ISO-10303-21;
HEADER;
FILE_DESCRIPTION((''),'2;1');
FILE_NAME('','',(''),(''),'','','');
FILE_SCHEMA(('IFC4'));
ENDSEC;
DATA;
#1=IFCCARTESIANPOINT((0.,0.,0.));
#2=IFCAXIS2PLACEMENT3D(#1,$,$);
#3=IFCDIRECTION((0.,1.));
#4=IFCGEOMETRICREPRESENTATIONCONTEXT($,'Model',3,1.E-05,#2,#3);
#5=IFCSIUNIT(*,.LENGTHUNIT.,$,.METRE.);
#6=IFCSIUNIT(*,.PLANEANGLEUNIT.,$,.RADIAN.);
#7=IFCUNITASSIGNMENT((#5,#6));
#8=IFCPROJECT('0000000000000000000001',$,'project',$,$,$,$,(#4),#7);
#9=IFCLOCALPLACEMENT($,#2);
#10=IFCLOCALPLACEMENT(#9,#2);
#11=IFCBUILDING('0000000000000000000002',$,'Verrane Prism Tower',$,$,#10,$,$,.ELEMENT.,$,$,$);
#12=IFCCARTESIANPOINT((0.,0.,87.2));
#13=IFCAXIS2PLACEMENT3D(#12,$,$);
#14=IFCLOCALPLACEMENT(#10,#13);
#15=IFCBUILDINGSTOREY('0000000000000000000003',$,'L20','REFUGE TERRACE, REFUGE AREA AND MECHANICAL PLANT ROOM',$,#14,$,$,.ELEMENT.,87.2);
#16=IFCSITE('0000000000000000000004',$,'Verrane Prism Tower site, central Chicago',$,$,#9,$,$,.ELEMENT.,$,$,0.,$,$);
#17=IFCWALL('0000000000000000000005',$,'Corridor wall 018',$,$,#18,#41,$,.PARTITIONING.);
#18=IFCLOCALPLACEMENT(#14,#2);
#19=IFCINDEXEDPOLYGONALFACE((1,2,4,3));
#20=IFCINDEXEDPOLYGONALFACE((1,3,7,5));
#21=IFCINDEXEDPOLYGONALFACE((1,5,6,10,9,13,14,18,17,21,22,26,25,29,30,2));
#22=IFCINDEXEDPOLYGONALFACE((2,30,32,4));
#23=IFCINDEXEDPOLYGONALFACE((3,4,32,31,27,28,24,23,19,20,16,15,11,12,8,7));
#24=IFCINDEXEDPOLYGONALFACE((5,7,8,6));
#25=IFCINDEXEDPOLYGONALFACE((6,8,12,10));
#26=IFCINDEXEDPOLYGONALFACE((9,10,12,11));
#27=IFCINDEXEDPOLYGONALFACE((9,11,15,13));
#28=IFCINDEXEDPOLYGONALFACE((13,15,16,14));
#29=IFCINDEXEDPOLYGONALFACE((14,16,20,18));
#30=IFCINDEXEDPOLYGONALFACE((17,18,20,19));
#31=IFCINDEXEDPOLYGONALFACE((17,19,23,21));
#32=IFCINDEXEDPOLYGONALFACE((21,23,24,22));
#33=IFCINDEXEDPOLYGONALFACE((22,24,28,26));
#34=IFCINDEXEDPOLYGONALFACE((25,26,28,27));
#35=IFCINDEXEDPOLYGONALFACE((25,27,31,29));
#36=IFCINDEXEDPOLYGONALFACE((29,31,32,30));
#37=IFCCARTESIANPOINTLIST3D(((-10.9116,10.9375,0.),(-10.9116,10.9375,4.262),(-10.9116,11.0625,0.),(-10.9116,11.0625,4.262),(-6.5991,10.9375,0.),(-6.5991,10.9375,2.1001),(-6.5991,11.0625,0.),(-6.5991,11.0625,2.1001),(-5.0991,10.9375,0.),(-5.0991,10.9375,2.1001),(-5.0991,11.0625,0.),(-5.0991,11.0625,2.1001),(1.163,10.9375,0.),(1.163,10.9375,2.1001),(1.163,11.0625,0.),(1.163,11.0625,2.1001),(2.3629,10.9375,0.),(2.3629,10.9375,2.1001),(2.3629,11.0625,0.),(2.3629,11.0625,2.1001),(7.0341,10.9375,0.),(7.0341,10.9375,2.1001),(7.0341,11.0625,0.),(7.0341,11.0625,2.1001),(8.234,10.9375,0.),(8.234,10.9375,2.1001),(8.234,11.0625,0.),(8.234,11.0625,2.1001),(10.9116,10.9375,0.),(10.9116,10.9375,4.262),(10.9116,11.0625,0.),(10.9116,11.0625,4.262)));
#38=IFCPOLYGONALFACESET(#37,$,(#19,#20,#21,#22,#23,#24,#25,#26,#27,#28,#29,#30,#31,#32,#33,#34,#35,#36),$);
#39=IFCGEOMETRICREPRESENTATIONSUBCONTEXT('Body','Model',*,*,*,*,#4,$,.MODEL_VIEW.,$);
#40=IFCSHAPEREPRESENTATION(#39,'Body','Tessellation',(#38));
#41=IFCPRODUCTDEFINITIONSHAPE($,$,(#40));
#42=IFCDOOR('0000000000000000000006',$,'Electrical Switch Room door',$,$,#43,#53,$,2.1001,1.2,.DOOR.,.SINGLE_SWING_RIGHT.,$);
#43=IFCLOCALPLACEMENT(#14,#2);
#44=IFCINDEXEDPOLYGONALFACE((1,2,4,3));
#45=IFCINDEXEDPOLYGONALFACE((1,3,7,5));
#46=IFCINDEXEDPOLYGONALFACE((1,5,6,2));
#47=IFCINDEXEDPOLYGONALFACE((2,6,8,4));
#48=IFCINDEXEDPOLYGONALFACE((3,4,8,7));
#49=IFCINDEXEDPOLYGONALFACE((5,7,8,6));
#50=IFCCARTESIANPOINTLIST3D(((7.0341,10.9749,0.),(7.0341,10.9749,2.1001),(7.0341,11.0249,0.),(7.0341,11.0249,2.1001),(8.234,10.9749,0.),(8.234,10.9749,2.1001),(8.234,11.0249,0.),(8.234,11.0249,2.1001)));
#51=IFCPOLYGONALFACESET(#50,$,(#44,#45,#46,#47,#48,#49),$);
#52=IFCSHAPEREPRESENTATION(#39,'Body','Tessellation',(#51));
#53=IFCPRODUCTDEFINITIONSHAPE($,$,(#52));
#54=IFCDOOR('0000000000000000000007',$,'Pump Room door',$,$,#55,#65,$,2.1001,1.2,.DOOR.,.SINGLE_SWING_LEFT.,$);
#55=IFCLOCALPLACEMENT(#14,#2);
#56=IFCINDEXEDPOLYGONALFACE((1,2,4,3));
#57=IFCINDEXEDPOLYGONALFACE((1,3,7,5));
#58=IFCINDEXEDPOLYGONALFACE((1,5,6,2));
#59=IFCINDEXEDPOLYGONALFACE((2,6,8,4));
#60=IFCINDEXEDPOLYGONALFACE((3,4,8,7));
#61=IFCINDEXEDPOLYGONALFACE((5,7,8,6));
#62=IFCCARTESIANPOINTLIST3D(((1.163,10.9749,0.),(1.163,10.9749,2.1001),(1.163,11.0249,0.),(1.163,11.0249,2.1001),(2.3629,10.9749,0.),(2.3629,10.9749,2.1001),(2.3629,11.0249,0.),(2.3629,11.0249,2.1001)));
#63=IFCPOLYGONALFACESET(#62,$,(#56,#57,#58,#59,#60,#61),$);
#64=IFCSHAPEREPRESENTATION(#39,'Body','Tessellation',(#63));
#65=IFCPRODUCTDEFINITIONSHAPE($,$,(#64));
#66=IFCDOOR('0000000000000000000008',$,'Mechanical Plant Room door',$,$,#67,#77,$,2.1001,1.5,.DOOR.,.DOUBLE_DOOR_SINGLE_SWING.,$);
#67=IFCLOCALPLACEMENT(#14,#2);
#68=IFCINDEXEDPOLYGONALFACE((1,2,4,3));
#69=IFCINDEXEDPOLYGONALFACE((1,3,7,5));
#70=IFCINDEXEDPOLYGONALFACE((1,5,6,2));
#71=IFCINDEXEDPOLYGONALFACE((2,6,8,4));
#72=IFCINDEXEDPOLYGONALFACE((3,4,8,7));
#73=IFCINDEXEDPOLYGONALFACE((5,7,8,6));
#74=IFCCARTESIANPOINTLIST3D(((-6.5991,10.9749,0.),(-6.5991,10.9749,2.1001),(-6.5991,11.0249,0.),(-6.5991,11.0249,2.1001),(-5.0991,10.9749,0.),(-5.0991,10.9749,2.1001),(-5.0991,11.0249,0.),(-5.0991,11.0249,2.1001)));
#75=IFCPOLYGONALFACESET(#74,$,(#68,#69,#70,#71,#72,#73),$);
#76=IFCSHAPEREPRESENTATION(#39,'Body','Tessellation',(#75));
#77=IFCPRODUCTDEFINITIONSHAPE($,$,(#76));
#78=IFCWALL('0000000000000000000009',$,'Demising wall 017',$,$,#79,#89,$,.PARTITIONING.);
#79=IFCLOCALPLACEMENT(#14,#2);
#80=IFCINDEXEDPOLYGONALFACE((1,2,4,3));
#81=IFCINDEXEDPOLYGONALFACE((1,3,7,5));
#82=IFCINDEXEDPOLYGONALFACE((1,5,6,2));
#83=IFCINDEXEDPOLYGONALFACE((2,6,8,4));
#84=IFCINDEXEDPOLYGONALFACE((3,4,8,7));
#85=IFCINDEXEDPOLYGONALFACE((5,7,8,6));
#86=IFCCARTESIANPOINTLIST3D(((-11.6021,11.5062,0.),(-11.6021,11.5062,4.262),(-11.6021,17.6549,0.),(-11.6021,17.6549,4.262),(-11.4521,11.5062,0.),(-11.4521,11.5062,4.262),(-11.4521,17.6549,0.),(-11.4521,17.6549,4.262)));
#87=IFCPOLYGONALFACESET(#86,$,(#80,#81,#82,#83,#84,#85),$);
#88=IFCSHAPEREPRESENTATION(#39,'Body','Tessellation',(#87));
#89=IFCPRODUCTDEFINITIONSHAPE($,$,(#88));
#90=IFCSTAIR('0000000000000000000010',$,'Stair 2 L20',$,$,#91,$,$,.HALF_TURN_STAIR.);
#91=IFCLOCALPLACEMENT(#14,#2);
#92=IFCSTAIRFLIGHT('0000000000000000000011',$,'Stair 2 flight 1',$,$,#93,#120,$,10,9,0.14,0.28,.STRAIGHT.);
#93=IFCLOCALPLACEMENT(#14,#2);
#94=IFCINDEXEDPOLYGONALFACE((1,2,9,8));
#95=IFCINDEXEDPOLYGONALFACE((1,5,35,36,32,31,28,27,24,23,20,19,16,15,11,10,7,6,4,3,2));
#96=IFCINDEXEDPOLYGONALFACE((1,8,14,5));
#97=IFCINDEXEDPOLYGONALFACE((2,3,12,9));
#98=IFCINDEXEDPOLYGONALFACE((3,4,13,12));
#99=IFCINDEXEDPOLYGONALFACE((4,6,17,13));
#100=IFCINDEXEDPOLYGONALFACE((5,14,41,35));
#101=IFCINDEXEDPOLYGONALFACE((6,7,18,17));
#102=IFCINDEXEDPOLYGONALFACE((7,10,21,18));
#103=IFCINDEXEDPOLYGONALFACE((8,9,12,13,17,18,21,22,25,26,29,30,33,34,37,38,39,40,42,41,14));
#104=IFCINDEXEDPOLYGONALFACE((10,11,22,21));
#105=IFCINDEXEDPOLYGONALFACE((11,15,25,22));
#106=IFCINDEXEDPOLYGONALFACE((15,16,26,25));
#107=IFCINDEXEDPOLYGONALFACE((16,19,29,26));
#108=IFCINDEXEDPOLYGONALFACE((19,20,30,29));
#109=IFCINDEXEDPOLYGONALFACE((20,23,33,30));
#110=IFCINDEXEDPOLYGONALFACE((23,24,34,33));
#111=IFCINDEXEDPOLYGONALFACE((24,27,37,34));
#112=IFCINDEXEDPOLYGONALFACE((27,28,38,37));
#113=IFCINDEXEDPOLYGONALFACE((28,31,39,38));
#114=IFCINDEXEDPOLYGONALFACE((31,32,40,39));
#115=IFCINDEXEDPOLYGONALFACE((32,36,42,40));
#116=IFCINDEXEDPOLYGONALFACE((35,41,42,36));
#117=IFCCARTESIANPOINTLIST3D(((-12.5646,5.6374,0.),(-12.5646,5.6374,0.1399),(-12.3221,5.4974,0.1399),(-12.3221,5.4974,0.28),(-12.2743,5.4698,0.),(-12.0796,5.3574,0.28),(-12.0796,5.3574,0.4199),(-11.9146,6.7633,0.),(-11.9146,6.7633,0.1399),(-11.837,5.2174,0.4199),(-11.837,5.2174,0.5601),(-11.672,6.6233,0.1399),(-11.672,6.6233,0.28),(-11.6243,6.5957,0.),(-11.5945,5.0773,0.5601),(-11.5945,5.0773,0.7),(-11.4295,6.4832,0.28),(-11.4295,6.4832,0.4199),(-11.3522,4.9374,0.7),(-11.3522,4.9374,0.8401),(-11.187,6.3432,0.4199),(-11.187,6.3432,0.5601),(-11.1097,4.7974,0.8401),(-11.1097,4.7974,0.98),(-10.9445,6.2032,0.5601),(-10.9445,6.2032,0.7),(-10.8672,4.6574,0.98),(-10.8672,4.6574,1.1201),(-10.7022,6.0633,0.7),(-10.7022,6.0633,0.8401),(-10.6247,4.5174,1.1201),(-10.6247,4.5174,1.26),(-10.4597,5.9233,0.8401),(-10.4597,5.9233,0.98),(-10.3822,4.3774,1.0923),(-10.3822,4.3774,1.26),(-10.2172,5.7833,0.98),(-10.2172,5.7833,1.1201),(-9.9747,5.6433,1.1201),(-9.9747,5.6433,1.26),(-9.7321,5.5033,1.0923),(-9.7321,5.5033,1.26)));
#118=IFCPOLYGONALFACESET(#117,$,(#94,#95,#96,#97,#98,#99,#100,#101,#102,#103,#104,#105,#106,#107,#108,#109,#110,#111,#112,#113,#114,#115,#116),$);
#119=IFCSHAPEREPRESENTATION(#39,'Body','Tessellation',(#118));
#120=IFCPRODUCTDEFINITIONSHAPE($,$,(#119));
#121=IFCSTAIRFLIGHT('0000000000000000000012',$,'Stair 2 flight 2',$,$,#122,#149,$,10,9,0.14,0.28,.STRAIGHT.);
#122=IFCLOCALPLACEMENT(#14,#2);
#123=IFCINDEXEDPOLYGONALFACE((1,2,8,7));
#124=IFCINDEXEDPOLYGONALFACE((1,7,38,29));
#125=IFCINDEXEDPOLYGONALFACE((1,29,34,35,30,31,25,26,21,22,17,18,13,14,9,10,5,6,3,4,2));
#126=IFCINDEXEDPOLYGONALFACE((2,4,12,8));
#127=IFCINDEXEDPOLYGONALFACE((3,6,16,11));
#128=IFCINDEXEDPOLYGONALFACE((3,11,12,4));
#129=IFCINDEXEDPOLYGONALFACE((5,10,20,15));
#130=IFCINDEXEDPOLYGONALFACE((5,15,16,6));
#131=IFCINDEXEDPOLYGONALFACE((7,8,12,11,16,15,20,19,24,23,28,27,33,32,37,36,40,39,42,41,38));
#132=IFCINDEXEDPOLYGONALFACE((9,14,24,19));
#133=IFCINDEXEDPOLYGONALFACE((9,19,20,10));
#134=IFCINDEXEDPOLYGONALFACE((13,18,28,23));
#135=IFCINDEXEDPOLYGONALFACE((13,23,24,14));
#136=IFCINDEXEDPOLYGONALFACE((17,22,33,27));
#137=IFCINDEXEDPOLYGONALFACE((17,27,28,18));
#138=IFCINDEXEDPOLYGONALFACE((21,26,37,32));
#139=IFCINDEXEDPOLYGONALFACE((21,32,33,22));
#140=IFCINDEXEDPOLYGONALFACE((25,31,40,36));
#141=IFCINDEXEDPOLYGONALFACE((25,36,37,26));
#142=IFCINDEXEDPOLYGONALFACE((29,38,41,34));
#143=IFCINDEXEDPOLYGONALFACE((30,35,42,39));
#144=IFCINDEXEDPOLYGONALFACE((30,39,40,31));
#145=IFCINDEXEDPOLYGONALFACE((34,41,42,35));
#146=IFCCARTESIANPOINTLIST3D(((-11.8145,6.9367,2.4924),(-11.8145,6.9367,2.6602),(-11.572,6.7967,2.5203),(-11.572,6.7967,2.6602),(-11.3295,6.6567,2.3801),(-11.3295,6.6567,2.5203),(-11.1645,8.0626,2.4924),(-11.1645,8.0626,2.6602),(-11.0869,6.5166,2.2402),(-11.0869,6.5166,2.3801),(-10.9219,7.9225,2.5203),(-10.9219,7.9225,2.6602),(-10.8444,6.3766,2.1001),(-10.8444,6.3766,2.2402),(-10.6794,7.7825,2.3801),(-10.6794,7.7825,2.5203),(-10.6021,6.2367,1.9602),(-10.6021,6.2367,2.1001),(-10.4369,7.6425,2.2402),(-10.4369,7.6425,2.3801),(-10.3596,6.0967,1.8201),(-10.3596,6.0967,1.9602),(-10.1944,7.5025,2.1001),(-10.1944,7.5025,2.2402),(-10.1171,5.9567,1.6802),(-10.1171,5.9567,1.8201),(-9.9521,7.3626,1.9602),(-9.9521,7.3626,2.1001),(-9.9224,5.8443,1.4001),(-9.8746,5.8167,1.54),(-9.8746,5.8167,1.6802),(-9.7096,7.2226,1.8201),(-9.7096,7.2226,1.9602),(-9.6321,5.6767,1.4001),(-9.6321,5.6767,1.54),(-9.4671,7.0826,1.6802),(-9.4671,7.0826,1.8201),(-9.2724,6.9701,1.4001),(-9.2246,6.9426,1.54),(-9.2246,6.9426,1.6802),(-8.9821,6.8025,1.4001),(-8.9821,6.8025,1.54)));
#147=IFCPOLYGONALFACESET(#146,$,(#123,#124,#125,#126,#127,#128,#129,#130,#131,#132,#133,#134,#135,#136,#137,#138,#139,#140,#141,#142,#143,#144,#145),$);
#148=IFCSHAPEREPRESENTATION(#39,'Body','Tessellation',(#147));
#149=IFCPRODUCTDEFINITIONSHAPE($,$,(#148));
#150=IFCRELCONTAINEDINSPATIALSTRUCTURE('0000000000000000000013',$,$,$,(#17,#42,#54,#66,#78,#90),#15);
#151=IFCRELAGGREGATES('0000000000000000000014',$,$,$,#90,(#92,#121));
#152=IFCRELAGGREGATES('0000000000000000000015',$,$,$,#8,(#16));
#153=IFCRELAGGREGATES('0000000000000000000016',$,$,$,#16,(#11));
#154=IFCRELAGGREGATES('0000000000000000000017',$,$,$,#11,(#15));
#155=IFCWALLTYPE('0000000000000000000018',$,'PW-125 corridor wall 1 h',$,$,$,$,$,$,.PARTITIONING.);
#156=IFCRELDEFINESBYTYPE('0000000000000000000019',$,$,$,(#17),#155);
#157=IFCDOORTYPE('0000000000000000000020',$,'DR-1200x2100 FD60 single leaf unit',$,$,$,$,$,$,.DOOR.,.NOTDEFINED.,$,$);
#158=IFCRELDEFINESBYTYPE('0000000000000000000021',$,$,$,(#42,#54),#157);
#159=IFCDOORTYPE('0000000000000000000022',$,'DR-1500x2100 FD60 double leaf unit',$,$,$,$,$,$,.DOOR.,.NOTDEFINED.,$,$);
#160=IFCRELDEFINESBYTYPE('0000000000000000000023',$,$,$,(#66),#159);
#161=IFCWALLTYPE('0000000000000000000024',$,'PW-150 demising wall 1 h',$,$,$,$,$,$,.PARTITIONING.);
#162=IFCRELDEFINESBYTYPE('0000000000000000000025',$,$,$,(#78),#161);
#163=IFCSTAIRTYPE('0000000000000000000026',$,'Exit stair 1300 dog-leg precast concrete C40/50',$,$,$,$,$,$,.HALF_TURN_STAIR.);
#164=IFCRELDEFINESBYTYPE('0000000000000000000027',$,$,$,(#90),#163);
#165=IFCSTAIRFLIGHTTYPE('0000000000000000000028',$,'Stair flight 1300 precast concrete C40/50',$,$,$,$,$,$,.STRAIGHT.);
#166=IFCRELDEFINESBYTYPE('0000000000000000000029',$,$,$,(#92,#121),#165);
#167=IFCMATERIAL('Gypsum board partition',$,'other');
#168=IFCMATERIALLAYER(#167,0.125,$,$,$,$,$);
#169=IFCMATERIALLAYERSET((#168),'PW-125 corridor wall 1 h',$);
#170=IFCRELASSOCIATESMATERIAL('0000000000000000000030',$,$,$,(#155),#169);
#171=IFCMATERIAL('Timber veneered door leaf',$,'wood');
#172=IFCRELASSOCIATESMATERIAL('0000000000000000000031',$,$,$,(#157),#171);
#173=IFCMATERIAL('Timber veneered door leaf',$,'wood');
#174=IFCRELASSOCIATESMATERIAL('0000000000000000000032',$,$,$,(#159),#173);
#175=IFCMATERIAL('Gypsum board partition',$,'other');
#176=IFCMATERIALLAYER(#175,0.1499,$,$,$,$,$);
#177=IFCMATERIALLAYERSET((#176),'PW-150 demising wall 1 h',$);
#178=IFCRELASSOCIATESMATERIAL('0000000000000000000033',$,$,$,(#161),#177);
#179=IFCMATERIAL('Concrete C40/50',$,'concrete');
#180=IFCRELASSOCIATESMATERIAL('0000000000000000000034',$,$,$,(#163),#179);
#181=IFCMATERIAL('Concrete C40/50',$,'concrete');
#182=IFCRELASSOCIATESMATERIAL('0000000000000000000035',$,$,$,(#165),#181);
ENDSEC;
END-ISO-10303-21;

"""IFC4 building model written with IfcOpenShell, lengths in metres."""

from ifc_helpers import new_model, si_unit, direction, frame, frame_2d, origin, place, context, subcontext, project, spatial, polyline, rectangle, outline, extrude, material, layer, layer_set, type_object, element, fill, aggregate, save


model = new_model("IFC4")

# Units and contexts
model_context = context("Model", 3, precision=1e-05, world=origin(), true_north=direction((0.0, 1.0)))
body_context = subcontext(model_context, "Body", "Model", "MODEL_VIEW")
ifc_project = project(units=[si_unit("LENGTHUNIT", "METRE"), si_unit("PLANEANGLEUNIT", "RADIAN")], contexts=[model_context])

# Site, building, storey
site_placement = place(None, origin())
site = spatial("IfcSite", under=ifc_project, at=site_placement, Name="Verrane Prism Tower site, central Chicago", CompositionType="ELEMENT", RefElevation=0.0)
building_placement = place(site_placement, origin())
building = spatial("IfcBuilding", under=site, at=building_placement, Name="Verrane Prism Tower", CompositionType="ELEMENT")
storey_placement = place(building_placement, frame((0.0, 0.0, 87.2)))
storey = spatial("IfcBuildingStorey", under=building, at=storey_placement, Name="L20", Description="REFUGE TERRACE, REFUGE AREA AND MECHANICAL PLANT ROOM", CompositionType="ELEMENT", Elevation=87.2)

# Wall, openings, doors
ifc_material_1 = material(Name="Gypsum board partition", Category="other")
ifc_layer_1 = layer(ifc_material_1, 0.125)
ifc_layer_set_1 = layer_set([ifc_layer_1], Name="PW-125 corridor wall 1 h")
wall_type_1 = type_object("IfcWallType", Name="PW-125 corridor wall 1 h", PredefinedType="PARTITIONING", material=ifc_layer_set_1)
wall_1_placement = place(storey_placement, frame((-10.9116, 11.0, 0.0), z_axis=(0.0, 0.0, 1.0), x_axis=(1.0, 0.0, 0.0)))
wall_1 = element("IfcWall", 1, at=wall_1_placement, inside=storey, type_object=wall_type_1, Name="Corridor wall 018", PredefinedType="PARTITIONING", context=body_context, shape_type="SweptSolid", body=[
    extrude(rectangle(XDim=21.8232, YDim=0.125, at=frame_2d((10.9116, 0.0))), origin(), (0.0, 0.0, 1.0), 4.262),
])
opening_1_placement = place(wall_1_placement, frame((17.9456, 0.0, 0.0)))
opening_1 = element("IfcOpeningElement", 2, at=opening_1_placement, cuts=wall_1, PredefinedType="OPENING", context=body_context, shape_type="SweptSolid", body=[
    extrude(rectangle(XDim=1.2, YDim=2.1001, at=frame_2d((0.6001, 1.05))), frame((0.0, 0.0725, 0.0), z_axis=(0.0, -1.0, 0.0), x_axis=(1.0, 0.0, 0.0)), (0.0, 0.0, 1.0), 0.145),
])
opening_2_placement = place(wall_1_placement, frame((12.0745, 0.0, 0.0)))
opening_2 = element("IfcOpeningElement", 3, at=opening_2_placement, cuts=wall_1, PredefinedType="OPENING", context=body_context, shape_type="SweptSolid", body=[
    extrude(rectangle(XDim=1.2, YDim=2.1001, at=frame_2d((0.6001, 1.05))), frame((0.0, 0.0725, 0.0), z_axis=(0.0, -1.0, 0.0), x_axis=(1.0, 0.0, 0.0)), (0.0, 0.0, 1.0), 0.145),
])
opening_3_placement = place(wall_1_placement, frame((4.3125, 0.0, 0.0)))
opening_3 = element("IfcOpeningElement", 4, at=opening_3_placement, cuts=wall_1, PredefinedType="OPENING", context=body_context, shape_type="SweptSolid", body=[
    extrude(rectangle(XDim=1.5, YDim=2.1001, at=frame_2d((0.75, 1.05))), frame((0.0, 0.0725, 0.0), z_axis=(0.0, -1.0, 0.0), x_axis=(1.0, 0.0, 0.0)), (0.0, 0.0, 1.0), 0.145),
])
ifc_material_2 = material(Name="Timber veneered door leaf", Category="wood")
door_type_1 = type_object("IfcDoorType", Name="DR-1200x2100 FD60 single leaf unit", OperationType="NOTDEFINED", PredefinedType="DOOR", material=ifc_material_2)
door_1_placement = place(opening_1_placement, origin())
door_1 = element("IfcDoor", 5, at=door_1_placement, inside=storey, type_object=door_type_1, Name="Electrical Switch Room door", OperationType="SINGLE_SWING_RIGHT", OverallHeight=2.1001, OverallWidth=1.2, PredefinedType="DOOR", context=body_context, shape_type="SweptSolid", body=[
    extrude(rectangle(XDim=1.2, YDim=2.1001, at=frame_2d((0.6001, 1.05))), frame((0.0, 0.0249, 0.0), z_axis=(0.0, -1.0, 0.0), x_axis=(1.0, 0.0, 0.0)), (0.0, 0.0, 1.0), 0.05),
])
fill(opening_1, door_1)
door_2_placement = place(opening_2_placement, origin())
door_2 = element("IfcDoor", 6, at=door_2_placement, inside=storey, type_object=door_type_1, Name="Pump Room door", OperationType="SINGLE_SWING_LEFT", OverallHeight=2.1001, OverallWidth=1.2, PredefinedType="DOOR", context=body_context, shape_type="SweptSolid", body=[
    extrude(rectangle(XDim=1.2, YDim=2.1001, at=frame_2d((0.6001, 1.05))), frame((0.0, 0.0249, 0.0), z_axis=(0.0, -1.0, 0.0), x_axis=(1.0, 0.0, 0.0)), (0.0, 0.0, 1.0), 0.05),
])
fill(opening_2, door_2)
ifc_material_3 = material(Name="Timber veneered door leaf", Category="wood")
door_type_2 = type_object("IfcDoorType", Name="DR-1500x2100 FD60 double leaf unit", OperationType="NOTDEFINED", PredefinedType="DOOR", material=ifc_material_3)
door_3_placement = place(opening_3_placement, origin())
door_3 = element("IfcDoor", 7, at=door_3_placement, inside=storey, type_object=door_type_2, Name="Mechanical Plant Room door", OperationType="DOUBLE_DOOR_SINGLE_SWING", OverallHeight=2.1001, OverallWidth=1.5, PredefinedType="DOOR", context=body_context, shape_type="SweptSolid", body=[
    extrude(rectangle(XDim=1.5, YDim=2.1001, at=frame_2d((0.75, 1.05))), frame((0.0, 0.0249, 0.0), z_axis=(0.0, -1.0, 0.0), x_axis=(1.0, 0.0, 0.0)), (0.0, 0.0, 1.0), 0.05),
])
fill(opening_3, door_3)

# Wall
ifc_material_4 = material(Name="Gypsum board partition", Category="other")
ifc_layer_2 = layer(ifc_material_4, 0.1499)
ifc_layer_set_2 = layer_set([ifc_layer_2], Name="PW-150 demising wall 1 h")
wall_type_2 = type_object("IfcWallType", Name="PW-150 demising wall 1 h", PredefinedType="PARTITIONING", material=ifc_layer_set_2)
wall_2_placement = place(storey_placement, frame((-11.5271, 11.5063, 0.0), z_axis=(0.0, 0.0, 1.0), x_axis=(0.0, 1.0, 0.0)))
element("IfcWall", 8, at=wall_2_placement, inside=storey, type_object=wall_type_2, Name="Demising wall 017", PredefinedType="PARTITIONING", context=body_context, shape_type="SweptSolid", body=[
    extrude(rectangle(XDim=6.1487, YDim=0.1499, at=frame_2d((3.0742, 0.0))), origin(), (0.0, 0.0, 1.0), 4.262),
])

# Stair, stair flights
ifc_material_5 = material(Name="Concrete C40/50", Category="concrete")
stair_type = type_object("IfcStairType", Name="Exit stair 1300 dog-leg precast concrete C40/50", PredefinedType="HALF_TURN_STAIR", material=ifc_material_5)
stair_placement = place(storey_placement, origin())
stair = element("IfcStair", 9, at=stair_placement, inside=storey, type_object=stair_type, Name="Stair 2 L20", PredefinedType="HALF_TURN_STAIR")
ifc_material_6 = material(Name="Concrete C40/50", Category="concrete")
stair_flight_type = type_object("IfcStairFlightType", Name="Stair flight 1300 precast concrete C40/50", PredefinedType="STRAIGHT", material=ifc_material_6)
stair_flight_1_placement = place(storey_placement, frame((-12.2395, 6.2004, 0.0), z_axis=(0.0, 0.0, 1.0), x_axis=(0.866025, -0.5, 0.0)))
stair_flight_1 = element("IfcStairFlight", 10, at=stair_flight_1_placement, type_object=stair_flight_type, Name="Stair 2 flight 1", NumberOfRisers=10, NumberOfTreads=9, PredefinedType="STRAIGHT", RiserHeight=0.14, TreadLength=0.28, context=body_context, shape_type="SweptSolid", body=[
    extrude(outline(polyline([(0.0, 0.0), (0.0, 0.1399), (0.28, 0.1399), (0.28, 0.28), (0.5601, 0.28), (0.5601, 0.4199), (0.8401, 0.4199), (0.8401, 0.5601), (1.1201, 0.5601), (1.1201, 0.7), (1.3999, 0.7), (1.3999, 0.8401), (1.6799, 0.8401), (1.6799, 0.98), (1.96, 0.98), (1.96, 1.1201), (2.24, 1.1201), (2.24, 1.26), (2.52, 1.26), (2.52, 1.3999), (2.52, 1.0923), (0.3352, 0.0), (0.0, 0.0)])), frame((0.0, 0.6499, 0.0), z_axis=(0.0, -1.0, 0.0), x_axis=(1.0, 0.0, 0.0)), (0.0, 0.0, 1.0), 1.3),
])
stair_flight_2_placement = place(storey_placement, frame((-9.3071, 6.2395, 1.4001), z_axis=(0.0, 0.0, 1.0), x_axis=(-0.866025, 0.5, 0.0)))
stair_flight_2 = element("IfcStairFlight", 11, at=stair_flight_2_placement, type_object=stair_flight_type, Name="Stair 2 flight 2", NumberOfRisers=10, NumberOfTreads=9, PredefinedType="STRAIGHT", RiserHeight=0.14, TreadLength=0.28, context=body_context, shape_type="SweptSolid", body=[
    extrude(outline(polyline([(0.0, 0.0), (0.0, 0.1399), (0.28, 0.1399), (0.28, 0.28), (0.5601, 0.28), (0.5601, 0.4199), (0.8401, 0.4199), (0.8401, 0.5601), (1.1201, 0.5601), (1.1201, 0.7), (1.3999, 0.7), (1.3999, 0.8401), (1.6799, 0.8401), (1.6799, 0.98), (1.96, 0.98), (1.96, 1.1201), (2.24, 1.1201), (2.24, 1.26), (2.52, 1.26), (2.52, 1.3999), (2.52, 1.0923), (0.3352, 0.0), (0.0, 0.0)])), frame((0.0, 0.6499, 0.0), z_axis=(0.0, -1.0, 0.0), x_axis=(1.0, 0.0, 0.0)), (0.0, 0.0, 1.0), 1.3),
])
aggregate(stair, [stair_flight_1, stair_flight_2])

save(model, "model.ifc")
